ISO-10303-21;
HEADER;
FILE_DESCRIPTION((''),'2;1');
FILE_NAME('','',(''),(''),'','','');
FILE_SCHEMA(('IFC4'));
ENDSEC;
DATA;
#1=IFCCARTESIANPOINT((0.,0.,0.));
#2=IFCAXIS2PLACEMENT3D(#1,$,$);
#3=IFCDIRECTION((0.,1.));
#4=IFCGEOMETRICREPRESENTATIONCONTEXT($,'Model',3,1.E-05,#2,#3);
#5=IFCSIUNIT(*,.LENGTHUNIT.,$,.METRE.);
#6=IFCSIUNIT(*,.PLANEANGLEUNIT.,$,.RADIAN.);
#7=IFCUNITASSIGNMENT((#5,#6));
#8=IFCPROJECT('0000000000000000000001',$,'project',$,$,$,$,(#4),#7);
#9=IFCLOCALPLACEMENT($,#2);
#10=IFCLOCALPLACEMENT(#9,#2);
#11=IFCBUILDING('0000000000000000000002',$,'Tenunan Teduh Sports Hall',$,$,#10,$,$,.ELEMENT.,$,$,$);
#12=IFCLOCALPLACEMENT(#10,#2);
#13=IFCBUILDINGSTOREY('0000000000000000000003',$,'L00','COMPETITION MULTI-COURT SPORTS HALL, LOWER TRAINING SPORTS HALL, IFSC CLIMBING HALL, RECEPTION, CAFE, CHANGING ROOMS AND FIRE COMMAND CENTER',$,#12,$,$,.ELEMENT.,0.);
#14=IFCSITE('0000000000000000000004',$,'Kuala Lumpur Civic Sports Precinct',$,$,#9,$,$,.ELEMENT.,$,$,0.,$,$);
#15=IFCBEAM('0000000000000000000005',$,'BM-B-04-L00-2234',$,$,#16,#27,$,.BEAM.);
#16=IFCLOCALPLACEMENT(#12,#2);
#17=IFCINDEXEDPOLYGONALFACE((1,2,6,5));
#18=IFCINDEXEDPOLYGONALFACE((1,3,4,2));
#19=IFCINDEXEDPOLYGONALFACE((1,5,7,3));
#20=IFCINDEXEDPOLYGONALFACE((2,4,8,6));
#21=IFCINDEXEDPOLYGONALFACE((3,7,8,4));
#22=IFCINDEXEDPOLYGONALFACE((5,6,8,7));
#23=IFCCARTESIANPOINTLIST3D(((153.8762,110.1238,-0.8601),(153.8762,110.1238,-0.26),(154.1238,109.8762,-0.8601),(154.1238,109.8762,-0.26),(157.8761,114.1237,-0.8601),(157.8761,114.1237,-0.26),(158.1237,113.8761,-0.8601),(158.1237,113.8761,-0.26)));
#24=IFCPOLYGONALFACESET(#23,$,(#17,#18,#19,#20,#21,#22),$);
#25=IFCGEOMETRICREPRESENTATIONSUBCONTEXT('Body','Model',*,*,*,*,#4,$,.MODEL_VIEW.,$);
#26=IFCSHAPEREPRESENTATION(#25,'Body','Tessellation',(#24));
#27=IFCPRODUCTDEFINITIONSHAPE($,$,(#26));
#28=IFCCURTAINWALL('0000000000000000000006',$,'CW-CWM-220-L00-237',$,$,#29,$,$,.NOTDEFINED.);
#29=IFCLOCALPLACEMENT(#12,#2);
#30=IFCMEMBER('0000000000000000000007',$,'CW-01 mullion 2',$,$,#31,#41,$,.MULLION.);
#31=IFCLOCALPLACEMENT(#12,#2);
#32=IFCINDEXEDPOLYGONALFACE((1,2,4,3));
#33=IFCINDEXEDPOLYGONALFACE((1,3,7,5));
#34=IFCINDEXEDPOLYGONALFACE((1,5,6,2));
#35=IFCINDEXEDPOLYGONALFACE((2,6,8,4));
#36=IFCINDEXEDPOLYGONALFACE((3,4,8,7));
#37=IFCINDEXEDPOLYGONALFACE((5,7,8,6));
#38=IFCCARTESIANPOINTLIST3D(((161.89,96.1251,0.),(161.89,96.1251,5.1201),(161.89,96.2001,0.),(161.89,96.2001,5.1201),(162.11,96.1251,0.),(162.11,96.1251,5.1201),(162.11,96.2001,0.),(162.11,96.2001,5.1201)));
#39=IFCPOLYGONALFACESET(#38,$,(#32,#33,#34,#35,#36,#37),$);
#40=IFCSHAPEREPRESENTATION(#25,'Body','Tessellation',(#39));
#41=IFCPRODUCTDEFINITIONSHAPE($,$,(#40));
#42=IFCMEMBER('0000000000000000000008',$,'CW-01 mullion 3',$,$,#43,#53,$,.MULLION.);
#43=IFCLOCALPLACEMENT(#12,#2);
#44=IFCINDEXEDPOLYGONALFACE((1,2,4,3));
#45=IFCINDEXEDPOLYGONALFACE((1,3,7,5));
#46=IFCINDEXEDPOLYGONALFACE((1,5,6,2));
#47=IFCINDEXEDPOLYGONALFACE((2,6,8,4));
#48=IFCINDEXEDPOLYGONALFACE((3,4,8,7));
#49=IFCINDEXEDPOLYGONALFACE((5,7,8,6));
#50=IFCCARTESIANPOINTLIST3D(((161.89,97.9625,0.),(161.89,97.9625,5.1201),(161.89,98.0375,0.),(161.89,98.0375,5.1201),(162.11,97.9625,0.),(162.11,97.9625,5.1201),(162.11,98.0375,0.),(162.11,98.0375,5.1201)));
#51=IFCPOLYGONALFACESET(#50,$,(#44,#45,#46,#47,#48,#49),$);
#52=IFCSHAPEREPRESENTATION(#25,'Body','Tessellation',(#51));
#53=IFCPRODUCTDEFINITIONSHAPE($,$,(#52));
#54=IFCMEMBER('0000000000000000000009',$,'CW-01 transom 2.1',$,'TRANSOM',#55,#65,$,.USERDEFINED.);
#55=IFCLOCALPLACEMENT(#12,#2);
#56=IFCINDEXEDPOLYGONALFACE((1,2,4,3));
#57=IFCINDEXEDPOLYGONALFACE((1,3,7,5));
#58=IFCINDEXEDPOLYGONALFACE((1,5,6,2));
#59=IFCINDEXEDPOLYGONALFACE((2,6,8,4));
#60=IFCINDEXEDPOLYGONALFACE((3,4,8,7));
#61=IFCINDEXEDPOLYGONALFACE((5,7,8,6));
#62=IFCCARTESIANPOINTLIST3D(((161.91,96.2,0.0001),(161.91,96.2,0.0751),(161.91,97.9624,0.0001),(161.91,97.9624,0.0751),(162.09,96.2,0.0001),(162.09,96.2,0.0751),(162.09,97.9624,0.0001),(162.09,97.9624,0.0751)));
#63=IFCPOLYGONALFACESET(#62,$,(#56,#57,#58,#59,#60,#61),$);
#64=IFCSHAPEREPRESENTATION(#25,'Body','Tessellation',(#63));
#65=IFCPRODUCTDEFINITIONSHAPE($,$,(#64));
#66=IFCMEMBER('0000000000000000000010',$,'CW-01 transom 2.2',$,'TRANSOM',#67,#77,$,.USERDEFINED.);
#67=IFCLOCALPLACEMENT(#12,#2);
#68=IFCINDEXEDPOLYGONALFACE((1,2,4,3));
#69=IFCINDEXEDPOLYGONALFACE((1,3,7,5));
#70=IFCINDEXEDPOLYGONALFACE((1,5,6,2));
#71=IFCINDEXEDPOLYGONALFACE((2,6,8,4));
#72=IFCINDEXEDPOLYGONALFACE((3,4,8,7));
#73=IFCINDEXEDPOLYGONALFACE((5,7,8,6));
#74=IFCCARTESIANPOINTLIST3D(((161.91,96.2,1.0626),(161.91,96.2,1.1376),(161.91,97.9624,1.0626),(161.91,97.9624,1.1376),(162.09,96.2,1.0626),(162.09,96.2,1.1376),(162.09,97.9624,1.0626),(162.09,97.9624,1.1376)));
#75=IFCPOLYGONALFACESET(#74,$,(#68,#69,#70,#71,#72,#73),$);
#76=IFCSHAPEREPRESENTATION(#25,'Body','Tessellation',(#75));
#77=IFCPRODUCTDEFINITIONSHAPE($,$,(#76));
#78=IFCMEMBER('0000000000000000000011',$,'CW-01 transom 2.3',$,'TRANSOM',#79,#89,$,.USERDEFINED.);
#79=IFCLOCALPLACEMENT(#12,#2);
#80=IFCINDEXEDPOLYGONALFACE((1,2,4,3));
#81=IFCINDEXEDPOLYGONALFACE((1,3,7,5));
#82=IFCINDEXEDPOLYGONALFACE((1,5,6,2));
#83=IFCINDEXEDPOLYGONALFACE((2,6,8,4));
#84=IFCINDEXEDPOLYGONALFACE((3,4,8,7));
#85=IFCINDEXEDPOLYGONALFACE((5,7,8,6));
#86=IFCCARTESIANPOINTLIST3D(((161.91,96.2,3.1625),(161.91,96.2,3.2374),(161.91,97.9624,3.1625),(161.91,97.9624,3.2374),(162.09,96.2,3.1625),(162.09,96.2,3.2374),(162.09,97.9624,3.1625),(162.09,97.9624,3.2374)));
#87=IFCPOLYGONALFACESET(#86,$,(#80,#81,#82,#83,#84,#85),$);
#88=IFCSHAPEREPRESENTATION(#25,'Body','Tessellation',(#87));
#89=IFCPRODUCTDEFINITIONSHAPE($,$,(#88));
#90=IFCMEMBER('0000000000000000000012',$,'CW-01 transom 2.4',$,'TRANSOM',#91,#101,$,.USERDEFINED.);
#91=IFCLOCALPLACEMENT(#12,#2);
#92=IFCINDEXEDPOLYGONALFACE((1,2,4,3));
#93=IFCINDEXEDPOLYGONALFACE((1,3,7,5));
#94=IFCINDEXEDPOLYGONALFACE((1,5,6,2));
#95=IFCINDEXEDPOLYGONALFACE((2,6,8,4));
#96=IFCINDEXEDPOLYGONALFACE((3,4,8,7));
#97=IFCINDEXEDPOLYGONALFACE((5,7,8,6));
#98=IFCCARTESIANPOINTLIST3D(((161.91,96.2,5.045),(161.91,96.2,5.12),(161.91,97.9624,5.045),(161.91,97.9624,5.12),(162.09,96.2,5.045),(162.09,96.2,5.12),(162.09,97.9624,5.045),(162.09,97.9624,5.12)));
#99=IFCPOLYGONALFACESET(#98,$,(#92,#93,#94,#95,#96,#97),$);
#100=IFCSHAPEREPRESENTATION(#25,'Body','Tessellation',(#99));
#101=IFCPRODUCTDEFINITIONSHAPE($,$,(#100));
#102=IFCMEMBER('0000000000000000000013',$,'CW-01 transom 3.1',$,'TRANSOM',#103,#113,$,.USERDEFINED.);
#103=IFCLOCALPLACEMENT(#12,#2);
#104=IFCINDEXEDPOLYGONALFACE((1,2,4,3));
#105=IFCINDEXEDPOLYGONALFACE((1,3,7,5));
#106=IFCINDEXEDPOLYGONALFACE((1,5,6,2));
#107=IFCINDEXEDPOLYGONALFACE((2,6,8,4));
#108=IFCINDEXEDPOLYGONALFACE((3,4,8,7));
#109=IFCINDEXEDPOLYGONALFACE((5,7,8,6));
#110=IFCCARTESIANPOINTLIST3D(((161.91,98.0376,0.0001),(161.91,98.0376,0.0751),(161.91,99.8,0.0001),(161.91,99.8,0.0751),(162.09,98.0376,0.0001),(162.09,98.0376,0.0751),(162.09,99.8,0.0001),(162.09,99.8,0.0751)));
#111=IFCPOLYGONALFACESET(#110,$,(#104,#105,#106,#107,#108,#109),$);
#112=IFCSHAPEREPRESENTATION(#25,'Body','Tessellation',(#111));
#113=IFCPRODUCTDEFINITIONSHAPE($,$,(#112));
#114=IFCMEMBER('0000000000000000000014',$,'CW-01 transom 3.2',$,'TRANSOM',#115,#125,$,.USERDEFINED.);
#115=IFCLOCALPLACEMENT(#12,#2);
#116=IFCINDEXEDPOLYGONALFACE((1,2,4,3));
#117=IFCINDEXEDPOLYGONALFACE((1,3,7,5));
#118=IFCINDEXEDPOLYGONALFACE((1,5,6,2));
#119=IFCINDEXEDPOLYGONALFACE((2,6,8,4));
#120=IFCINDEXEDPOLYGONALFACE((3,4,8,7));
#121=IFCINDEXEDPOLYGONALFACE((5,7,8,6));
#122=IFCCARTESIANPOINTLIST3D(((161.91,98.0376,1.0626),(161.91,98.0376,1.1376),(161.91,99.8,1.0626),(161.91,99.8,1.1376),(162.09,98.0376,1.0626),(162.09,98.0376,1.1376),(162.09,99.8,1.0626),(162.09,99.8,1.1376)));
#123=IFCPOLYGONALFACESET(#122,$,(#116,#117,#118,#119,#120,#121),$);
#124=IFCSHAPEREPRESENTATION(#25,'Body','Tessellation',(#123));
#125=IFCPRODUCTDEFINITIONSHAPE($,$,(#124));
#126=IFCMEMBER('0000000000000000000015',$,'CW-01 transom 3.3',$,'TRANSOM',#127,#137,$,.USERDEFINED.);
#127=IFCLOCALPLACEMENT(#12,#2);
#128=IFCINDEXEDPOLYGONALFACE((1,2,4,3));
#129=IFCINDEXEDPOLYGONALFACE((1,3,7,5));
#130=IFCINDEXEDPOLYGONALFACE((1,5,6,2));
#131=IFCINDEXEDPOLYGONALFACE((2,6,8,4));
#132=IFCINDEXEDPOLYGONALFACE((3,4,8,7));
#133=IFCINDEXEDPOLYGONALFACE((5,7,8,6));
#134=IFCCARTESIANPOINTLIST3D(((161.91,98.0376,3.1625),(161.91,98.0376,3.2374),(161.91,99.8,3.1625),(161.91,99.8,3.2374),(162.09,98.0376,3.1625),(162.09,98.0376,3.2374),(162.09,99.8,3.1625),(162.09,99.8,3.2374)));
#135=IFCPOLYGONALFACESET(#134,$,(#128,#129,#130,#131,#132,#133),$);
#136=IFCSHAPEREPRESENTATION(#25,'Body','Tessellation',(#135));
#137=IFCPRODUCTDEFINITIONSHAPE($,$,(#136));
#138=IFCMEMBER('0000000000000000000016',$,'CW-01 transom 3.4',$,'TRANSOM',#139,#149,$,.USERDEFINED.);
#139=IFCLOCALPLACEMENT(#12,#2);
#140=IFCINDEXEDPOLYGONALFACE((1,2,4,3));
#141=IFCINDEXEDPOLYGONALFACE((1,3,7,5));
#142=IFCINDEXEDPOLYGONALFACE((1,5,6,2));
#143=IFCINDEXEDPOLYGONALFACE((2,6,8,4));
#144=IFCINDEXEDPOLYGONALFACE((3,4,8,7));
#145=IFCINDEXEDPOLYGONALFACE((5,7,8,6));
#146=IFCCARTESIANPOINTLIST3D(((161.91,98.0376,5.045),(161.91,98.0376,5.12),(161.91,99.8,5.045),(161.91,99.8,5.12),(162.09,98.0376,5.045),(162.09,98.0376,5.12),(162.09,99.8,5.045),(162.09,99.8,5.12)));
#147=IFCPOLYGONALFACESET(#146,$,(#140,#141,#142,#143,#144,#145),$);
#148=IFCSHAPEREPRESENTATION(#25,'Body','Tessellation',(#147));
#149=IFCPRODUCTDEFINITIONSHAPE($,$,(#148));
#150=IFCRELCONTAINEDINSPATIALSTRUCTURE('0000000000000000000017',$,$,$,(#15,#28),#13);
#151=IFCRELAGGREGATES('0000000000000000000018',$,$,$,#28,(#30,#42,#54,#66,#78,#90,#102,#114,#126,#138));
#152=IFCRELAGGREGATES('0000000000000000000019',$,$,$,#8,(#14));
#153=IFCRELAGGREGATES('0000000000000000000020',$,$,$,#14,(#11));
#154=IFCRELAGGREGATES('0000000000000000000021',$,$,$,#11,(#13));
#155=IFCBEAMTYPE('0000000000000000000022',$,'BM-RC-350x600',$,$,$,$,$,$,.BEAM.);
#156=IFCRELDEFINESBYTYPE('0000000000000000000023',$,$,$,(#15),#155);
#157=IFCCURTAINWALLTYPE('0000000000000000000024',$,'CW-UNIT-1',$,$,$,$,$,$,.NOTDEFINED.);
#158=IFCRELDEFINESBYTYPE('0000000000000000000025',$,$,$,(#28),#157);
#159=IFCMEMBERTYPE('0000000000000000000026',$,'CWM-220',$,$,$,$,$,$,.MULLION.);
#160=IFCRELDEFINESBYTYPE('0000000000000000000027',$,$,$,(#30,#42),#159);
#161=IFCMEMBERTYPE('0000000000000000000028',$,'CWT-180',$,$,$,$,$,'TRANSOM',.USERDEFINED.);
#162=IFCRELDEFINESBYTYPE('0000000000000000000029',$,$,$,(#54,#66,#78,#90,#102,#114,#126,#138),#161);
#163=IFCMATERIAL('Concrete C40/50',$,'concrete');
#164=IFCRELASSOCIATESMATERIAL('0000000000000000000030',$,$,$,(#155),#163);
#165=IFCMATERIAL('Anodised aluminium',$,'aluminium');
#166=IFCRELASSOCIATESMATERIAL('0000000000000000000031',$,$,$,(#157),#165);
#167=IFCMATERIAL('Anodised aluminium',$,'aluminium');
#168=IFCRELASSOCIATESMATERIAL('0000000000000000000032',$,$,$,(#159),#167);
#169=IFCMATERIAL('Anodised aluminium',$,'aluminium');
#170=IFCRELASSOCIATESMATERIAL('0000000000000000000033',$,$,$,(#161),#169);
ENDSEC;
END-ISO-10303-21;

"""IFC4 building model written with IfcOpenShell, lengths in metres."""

from ifc_helpers import new_model, si_unit, direction, frame, origin, origin_2d, place, context, subcontext, project, spatial, rectangle, extrude, material, material_profile, profile_set, type_object, element, aggregate, save


model = new_model("IFC4")

# Units and contexts
model_context = context("Model", 3, precision=1e-05, world=origin(), true_north=direction((0.0, 1.0)))
body_context = subcontext(model_context, "Body", "Model", "MODEL_VIEW")
ifc_project = project(units=[si_unit("LENGTHUNIT", "METRE"), si_unit("PLANEANGLEUNIT", "RADIAN")], contexts=[model_context])

# Site, building, storey
site_placement = place(None, origin())
site = spatial("IfcSite", under=ifc_project, at=site_placement, Name="Kuala Lumpur Civic Sports Precinct", CompositionType="ELEMENT", RefElevation=0.0)
building_placement = place(site_placement, origin())
building = spatial("IfcBuilding", under=site, at=building_placement, Name="Tenunan Teduh Sports Hall", CompositionType="ELEMENT")
storey_placement = place(building_placement, origin())
storey = spatial("IfcBuildingStorey", under=building, at=storey_placement, Name="L00", Description="COMPETITION MULTI-COURT SPORTS HALL, LOWER TRAINING SPORTS HALL, IFSC CLIMBING HALL, RECEPTION, CAFE, CHANGING ROOMS AND FIRE COMMAND CENTER", CompositionType="ELEMENT", Elevation=0.0)

# Beam
ifc_material_1 = material(Name="Concrete C40/50", Category="concrete")
ifc_material_profile_1 = material_profile(ifc_material_1, rectangle(XDim=0.3501, YDim=0.6001, at=origin_2d()), Name="RCB 350x600")
ifc_profile_set_1 = profile_set([ifc_material_profile_1], Name="Concrete C40/50")
beam_type_1 = type_object("IfcBeamType", Name="BM-RC-350x600", PredefinedType="BEAM", material=ifc_profile_set_1)
beam_1_placement = place(storey_placement, frame((154.0, 110.0, -0.5601), z_axis=(0.707107, 0.707107, 0.0), x_axis=(-0.707107, 0.707107, 0.0)))
element("IfcBeam", 1, at=beam_1_placement, inside=storey, type_object=beam_type_1, Name="BM-B-04-L00-2234", PredefinedType="BEAM", context=body_context, shape_type="SweptSolid", body=[
    extrude(rectangle(XDim=0.3501, YDim=0.6001, at=origin_2d()), origin(), (0.0, 0.0, 1.0), 5.6567),
])

# Curtain wall, members
ifc_material_2 = material(Name="Anodised aluminium", Category="aluminium")
curtain_wall_type = type_object("IfcCurtainWallType", Name="CW-UNIT-1", PredefinedType="NOTDEFINED", material=ifc_material_2)
curtain_wall_placement = place(storey_placement, origin())
curtain_wall = element("IfcCurtainWall", 2, at=curtain_wall_placement, inside=storey, type_object=curtain_wall_type, Name="CW-CWM-220-L00-237", PredefinedType="NOTDEFINED")
ifc_material_3 = material(Name="Anodised aluminium", Category="aluminium")
ifc_material_profile_2 = material_profile(ifc_material_3, rectangle(XDim=0.075, YDim=0.22, at=origin_2d()), Name="CWM 75x220")
ifc_profile_set_2 = profile_set([ifc_material_profile_2], Name="Anodised aluminium")
member_type_1 = type_object("IfcMemberType", Name="CWM-220", PredefinedType="MULLION", material=ifc_profile_set_2)
member_1_placement = place(storey_placement, frame((162.0, 96.1626, 0.0), z_axis=(0.0, 0.0, 1.0), x_axis=(0.0, 1.0, 0.0)))
member_1 = element("IfcMember", 3, at=member_1_placement, type_object=member_type_1, Name="CW-01 mullion 2", PredefinedType="MULLION", context=body_context, shape_type="SweptSolid", body=[
    extrude(rectangle(XDim=0.075, YDim=0.22, at=origin_2d()), origin(), (0.0, 0.0, 1.0), 5.1201),
])
member_2_placement = place(storey_placement, frame((162.0, 98.0, 0.0), z_axis=(0.0, 0.0, 1.0), x_axis=(0.0, 1.0, 0.0)))
member_2 = element("IfcMember", 4, at=member_2_placement, type_object=member_type_1, Name="CW-01 mullion 3", PredefinedType="MULLION", context=body_context, shape_type="SweptSolid", body=[
    extrude(rectangle(XDim=0.075, YDim=0.22, at=origin_2d()), origin(), (0.0, 0.0, 1.0), 5.1201),
])
ifc_material_4 = material(Name="Anodised aluminium", Category="aluminium")
ifc_material_profile_3 = material_profile(ifc_material_4, rectangle(XDim=0.075, YDim=0.1799, at=origin_2d()), Name="CWT 75x180")
ifc_profile_set_3 = profile_set([ifc_material_profile_3], Name="Anodised aluminium")
member_type_2 = type_object("IfcMemberType", Name="CWT-180", ElementType="TRANSOM", PredefinedType="USERDEFINED", material=ifc_profile_set_3)
member_3_placement = place(storey_placement, frame((162.0, 96.2, 0.0376), z_axis=(0.0, 1.0, 0.0), x_axis=(0.0, 0.0, 1.0)))
member_3 = element("IfcMember", 5, at=member_3_placement, type_object=member_type_2, Name="CW-01 transom 2.1", ObjectType="TRANSOM", PredefinedType="USERDEFINED", context=body_context, shape_type="SweptSolid", body=[
    extrude(rectangle(XDim=0.075, YDim=0.1799, at=origin_2d()), origin(), (0.0, 0.0, 1.0), 1.7625),
])
member_4_placement = place(storey_placement, frame((162.0, 96.2, 1.1001), z_axis=(0.0, 1.0, 0.0), x_axis=(0.0, 0.0, 1.0)))
member_4 = element("IfcMember", 6, at=member_4_placement, type_object=member_type_2, Name="CW-01 transom 2.2", ObjectType="TRANSOM", PredefinedType="USERDEFINED", context=body_context, shape_type="SweptSolid", body=[
    extrude(rectangle(XDim=0.075, YDim=0.1799, at=origin_2d()), origin(), (0.0, 0.0, 1.0), 1.7625),
])
member_5_placement = place(storey_placement, frame((162.0, 96.2, 3.2), z_axis=(0.0, 1.0, 0.0), x_axis=(0.0, 0.0, 1.0)))
member_5 = element("IfcMember", 7, at=member_5_placement, type_object=member_type_2, Name="CW-01 transom 2.3", ObjectType="TRANSOM", PredefinedType="USERDEFINED", context=body_context, shape_type="SweptSolid", body=[
    extrude(rectangle(XDim=0.075, YDim=0.1799, at=origin_2d()), origin(), (0.0, 0.0, 1.0), 1.7625),
])
member_6_placement = place(storey_placement, frame((162.0, 96.2, 5.0825), z_axis=(0.0, 1.0, 0.0), x_axis=(0.0, 0.0, 1.0)))
member_6 = element("IfcMember", 8, at=member_6_placement, type_object=member_type_2, Name="CW-01 transom 2.4", ObjectType="TRANSOM", PredefinedType="USERDEFINED", context=body_context, shape_type="SweptSolid", body=[
    extrude(rectangle(XDim=0.075, YDim=0.1799, at=origin_2d()), origin(), (0.0, 0.0, 1.0), 1.7625),
])
member_7_placement = place(storey_placement, frame((162.0, 98.0376, 0.0376), z_axis=(0.0, 1.0, 0.0), x_axis=(0.0, 0.0, 1.0)))
member_7 = element("IfcMember", 9, at=member_7_placement, type_object=member_type_2, Name="CW-01 transom 3.1", ObjectType="TRANSOM", PredefinedType="USERDEFINED", context=body_context, shape_type="SweptSolid", body=[
    extrude(rectangle(XDim=0.075, YDim=0.1799, at=origin_2d()), origin(), (0.0, 0.0, 1.0), 1.7625),
])
member_8_placement = place(storey_placement, frame((162.0, 98.0376, 1.1001), z_axis=(0.0, 1.0, 0.0), x_axis=(0.0, 0.0, 1.0)))
member_8 = element("IfcMember", 10, at=member_8_placement, type_object=member_type_2, Name="CW-01 transom 3.2", ObjectType="TRANSOM", PredefinedType="USERDEFINED", context=body_context, shape_type="SweptSolid", body=[
    extrude(rectangle(XDim=0.075, YDim=0.1799, at=origin_2d()), origin(), (0.0, 0.0, 1.0), 1.7625),
])
member_9_placement = place(storey_placement, frame((162.0, 98.0376, 3.2), z_axis=(0.0, 1.0, 0.0), x_axis=(0.0, 0.0, 1.0)))
member_9 = element("IfcMember", 11, at=member_9_placement, type_object=member_type_2, Name="CW-01 transom 3.3", ObjectType="TRANSOM", PredefinedType="USERDEFINED", context=body_context, shape_type="SweptSolid", body=[
    extrude(rectangle(XDim=0.075, YDim=0.1799, at=origin_2d()), origin(), (0.0, 0.0, 1.0), 1.7625),
])
member_10_placement = place(storey_placement, frame((162.0, 98.0376, 5.0825), z_axis=(0.0, 1.0, 0.0), x_axis=(0.0, 0.0, 1.0)))
member_10 = element("IfcMember", 12, at=member_10_placement, type_object=member_type_2, Name="CW-01 transom 3.4", ObjectType="TRANSOM", PredefinedType="USERDEFINED", context=body_context, shape_type="SweptSolid", body=[
    extrude(rectangle(XDim=0.075, YDim=0.1799, at=origin_2d()), origin(), (0.0, 0.0, 1.0), 1.7625),
])

aggregate(curtain_wall, [member_1, member_2, member_3, member_4, member_5, member_6, member_7, member_8, member_9, member_10])

save(model, "model.ifc")
